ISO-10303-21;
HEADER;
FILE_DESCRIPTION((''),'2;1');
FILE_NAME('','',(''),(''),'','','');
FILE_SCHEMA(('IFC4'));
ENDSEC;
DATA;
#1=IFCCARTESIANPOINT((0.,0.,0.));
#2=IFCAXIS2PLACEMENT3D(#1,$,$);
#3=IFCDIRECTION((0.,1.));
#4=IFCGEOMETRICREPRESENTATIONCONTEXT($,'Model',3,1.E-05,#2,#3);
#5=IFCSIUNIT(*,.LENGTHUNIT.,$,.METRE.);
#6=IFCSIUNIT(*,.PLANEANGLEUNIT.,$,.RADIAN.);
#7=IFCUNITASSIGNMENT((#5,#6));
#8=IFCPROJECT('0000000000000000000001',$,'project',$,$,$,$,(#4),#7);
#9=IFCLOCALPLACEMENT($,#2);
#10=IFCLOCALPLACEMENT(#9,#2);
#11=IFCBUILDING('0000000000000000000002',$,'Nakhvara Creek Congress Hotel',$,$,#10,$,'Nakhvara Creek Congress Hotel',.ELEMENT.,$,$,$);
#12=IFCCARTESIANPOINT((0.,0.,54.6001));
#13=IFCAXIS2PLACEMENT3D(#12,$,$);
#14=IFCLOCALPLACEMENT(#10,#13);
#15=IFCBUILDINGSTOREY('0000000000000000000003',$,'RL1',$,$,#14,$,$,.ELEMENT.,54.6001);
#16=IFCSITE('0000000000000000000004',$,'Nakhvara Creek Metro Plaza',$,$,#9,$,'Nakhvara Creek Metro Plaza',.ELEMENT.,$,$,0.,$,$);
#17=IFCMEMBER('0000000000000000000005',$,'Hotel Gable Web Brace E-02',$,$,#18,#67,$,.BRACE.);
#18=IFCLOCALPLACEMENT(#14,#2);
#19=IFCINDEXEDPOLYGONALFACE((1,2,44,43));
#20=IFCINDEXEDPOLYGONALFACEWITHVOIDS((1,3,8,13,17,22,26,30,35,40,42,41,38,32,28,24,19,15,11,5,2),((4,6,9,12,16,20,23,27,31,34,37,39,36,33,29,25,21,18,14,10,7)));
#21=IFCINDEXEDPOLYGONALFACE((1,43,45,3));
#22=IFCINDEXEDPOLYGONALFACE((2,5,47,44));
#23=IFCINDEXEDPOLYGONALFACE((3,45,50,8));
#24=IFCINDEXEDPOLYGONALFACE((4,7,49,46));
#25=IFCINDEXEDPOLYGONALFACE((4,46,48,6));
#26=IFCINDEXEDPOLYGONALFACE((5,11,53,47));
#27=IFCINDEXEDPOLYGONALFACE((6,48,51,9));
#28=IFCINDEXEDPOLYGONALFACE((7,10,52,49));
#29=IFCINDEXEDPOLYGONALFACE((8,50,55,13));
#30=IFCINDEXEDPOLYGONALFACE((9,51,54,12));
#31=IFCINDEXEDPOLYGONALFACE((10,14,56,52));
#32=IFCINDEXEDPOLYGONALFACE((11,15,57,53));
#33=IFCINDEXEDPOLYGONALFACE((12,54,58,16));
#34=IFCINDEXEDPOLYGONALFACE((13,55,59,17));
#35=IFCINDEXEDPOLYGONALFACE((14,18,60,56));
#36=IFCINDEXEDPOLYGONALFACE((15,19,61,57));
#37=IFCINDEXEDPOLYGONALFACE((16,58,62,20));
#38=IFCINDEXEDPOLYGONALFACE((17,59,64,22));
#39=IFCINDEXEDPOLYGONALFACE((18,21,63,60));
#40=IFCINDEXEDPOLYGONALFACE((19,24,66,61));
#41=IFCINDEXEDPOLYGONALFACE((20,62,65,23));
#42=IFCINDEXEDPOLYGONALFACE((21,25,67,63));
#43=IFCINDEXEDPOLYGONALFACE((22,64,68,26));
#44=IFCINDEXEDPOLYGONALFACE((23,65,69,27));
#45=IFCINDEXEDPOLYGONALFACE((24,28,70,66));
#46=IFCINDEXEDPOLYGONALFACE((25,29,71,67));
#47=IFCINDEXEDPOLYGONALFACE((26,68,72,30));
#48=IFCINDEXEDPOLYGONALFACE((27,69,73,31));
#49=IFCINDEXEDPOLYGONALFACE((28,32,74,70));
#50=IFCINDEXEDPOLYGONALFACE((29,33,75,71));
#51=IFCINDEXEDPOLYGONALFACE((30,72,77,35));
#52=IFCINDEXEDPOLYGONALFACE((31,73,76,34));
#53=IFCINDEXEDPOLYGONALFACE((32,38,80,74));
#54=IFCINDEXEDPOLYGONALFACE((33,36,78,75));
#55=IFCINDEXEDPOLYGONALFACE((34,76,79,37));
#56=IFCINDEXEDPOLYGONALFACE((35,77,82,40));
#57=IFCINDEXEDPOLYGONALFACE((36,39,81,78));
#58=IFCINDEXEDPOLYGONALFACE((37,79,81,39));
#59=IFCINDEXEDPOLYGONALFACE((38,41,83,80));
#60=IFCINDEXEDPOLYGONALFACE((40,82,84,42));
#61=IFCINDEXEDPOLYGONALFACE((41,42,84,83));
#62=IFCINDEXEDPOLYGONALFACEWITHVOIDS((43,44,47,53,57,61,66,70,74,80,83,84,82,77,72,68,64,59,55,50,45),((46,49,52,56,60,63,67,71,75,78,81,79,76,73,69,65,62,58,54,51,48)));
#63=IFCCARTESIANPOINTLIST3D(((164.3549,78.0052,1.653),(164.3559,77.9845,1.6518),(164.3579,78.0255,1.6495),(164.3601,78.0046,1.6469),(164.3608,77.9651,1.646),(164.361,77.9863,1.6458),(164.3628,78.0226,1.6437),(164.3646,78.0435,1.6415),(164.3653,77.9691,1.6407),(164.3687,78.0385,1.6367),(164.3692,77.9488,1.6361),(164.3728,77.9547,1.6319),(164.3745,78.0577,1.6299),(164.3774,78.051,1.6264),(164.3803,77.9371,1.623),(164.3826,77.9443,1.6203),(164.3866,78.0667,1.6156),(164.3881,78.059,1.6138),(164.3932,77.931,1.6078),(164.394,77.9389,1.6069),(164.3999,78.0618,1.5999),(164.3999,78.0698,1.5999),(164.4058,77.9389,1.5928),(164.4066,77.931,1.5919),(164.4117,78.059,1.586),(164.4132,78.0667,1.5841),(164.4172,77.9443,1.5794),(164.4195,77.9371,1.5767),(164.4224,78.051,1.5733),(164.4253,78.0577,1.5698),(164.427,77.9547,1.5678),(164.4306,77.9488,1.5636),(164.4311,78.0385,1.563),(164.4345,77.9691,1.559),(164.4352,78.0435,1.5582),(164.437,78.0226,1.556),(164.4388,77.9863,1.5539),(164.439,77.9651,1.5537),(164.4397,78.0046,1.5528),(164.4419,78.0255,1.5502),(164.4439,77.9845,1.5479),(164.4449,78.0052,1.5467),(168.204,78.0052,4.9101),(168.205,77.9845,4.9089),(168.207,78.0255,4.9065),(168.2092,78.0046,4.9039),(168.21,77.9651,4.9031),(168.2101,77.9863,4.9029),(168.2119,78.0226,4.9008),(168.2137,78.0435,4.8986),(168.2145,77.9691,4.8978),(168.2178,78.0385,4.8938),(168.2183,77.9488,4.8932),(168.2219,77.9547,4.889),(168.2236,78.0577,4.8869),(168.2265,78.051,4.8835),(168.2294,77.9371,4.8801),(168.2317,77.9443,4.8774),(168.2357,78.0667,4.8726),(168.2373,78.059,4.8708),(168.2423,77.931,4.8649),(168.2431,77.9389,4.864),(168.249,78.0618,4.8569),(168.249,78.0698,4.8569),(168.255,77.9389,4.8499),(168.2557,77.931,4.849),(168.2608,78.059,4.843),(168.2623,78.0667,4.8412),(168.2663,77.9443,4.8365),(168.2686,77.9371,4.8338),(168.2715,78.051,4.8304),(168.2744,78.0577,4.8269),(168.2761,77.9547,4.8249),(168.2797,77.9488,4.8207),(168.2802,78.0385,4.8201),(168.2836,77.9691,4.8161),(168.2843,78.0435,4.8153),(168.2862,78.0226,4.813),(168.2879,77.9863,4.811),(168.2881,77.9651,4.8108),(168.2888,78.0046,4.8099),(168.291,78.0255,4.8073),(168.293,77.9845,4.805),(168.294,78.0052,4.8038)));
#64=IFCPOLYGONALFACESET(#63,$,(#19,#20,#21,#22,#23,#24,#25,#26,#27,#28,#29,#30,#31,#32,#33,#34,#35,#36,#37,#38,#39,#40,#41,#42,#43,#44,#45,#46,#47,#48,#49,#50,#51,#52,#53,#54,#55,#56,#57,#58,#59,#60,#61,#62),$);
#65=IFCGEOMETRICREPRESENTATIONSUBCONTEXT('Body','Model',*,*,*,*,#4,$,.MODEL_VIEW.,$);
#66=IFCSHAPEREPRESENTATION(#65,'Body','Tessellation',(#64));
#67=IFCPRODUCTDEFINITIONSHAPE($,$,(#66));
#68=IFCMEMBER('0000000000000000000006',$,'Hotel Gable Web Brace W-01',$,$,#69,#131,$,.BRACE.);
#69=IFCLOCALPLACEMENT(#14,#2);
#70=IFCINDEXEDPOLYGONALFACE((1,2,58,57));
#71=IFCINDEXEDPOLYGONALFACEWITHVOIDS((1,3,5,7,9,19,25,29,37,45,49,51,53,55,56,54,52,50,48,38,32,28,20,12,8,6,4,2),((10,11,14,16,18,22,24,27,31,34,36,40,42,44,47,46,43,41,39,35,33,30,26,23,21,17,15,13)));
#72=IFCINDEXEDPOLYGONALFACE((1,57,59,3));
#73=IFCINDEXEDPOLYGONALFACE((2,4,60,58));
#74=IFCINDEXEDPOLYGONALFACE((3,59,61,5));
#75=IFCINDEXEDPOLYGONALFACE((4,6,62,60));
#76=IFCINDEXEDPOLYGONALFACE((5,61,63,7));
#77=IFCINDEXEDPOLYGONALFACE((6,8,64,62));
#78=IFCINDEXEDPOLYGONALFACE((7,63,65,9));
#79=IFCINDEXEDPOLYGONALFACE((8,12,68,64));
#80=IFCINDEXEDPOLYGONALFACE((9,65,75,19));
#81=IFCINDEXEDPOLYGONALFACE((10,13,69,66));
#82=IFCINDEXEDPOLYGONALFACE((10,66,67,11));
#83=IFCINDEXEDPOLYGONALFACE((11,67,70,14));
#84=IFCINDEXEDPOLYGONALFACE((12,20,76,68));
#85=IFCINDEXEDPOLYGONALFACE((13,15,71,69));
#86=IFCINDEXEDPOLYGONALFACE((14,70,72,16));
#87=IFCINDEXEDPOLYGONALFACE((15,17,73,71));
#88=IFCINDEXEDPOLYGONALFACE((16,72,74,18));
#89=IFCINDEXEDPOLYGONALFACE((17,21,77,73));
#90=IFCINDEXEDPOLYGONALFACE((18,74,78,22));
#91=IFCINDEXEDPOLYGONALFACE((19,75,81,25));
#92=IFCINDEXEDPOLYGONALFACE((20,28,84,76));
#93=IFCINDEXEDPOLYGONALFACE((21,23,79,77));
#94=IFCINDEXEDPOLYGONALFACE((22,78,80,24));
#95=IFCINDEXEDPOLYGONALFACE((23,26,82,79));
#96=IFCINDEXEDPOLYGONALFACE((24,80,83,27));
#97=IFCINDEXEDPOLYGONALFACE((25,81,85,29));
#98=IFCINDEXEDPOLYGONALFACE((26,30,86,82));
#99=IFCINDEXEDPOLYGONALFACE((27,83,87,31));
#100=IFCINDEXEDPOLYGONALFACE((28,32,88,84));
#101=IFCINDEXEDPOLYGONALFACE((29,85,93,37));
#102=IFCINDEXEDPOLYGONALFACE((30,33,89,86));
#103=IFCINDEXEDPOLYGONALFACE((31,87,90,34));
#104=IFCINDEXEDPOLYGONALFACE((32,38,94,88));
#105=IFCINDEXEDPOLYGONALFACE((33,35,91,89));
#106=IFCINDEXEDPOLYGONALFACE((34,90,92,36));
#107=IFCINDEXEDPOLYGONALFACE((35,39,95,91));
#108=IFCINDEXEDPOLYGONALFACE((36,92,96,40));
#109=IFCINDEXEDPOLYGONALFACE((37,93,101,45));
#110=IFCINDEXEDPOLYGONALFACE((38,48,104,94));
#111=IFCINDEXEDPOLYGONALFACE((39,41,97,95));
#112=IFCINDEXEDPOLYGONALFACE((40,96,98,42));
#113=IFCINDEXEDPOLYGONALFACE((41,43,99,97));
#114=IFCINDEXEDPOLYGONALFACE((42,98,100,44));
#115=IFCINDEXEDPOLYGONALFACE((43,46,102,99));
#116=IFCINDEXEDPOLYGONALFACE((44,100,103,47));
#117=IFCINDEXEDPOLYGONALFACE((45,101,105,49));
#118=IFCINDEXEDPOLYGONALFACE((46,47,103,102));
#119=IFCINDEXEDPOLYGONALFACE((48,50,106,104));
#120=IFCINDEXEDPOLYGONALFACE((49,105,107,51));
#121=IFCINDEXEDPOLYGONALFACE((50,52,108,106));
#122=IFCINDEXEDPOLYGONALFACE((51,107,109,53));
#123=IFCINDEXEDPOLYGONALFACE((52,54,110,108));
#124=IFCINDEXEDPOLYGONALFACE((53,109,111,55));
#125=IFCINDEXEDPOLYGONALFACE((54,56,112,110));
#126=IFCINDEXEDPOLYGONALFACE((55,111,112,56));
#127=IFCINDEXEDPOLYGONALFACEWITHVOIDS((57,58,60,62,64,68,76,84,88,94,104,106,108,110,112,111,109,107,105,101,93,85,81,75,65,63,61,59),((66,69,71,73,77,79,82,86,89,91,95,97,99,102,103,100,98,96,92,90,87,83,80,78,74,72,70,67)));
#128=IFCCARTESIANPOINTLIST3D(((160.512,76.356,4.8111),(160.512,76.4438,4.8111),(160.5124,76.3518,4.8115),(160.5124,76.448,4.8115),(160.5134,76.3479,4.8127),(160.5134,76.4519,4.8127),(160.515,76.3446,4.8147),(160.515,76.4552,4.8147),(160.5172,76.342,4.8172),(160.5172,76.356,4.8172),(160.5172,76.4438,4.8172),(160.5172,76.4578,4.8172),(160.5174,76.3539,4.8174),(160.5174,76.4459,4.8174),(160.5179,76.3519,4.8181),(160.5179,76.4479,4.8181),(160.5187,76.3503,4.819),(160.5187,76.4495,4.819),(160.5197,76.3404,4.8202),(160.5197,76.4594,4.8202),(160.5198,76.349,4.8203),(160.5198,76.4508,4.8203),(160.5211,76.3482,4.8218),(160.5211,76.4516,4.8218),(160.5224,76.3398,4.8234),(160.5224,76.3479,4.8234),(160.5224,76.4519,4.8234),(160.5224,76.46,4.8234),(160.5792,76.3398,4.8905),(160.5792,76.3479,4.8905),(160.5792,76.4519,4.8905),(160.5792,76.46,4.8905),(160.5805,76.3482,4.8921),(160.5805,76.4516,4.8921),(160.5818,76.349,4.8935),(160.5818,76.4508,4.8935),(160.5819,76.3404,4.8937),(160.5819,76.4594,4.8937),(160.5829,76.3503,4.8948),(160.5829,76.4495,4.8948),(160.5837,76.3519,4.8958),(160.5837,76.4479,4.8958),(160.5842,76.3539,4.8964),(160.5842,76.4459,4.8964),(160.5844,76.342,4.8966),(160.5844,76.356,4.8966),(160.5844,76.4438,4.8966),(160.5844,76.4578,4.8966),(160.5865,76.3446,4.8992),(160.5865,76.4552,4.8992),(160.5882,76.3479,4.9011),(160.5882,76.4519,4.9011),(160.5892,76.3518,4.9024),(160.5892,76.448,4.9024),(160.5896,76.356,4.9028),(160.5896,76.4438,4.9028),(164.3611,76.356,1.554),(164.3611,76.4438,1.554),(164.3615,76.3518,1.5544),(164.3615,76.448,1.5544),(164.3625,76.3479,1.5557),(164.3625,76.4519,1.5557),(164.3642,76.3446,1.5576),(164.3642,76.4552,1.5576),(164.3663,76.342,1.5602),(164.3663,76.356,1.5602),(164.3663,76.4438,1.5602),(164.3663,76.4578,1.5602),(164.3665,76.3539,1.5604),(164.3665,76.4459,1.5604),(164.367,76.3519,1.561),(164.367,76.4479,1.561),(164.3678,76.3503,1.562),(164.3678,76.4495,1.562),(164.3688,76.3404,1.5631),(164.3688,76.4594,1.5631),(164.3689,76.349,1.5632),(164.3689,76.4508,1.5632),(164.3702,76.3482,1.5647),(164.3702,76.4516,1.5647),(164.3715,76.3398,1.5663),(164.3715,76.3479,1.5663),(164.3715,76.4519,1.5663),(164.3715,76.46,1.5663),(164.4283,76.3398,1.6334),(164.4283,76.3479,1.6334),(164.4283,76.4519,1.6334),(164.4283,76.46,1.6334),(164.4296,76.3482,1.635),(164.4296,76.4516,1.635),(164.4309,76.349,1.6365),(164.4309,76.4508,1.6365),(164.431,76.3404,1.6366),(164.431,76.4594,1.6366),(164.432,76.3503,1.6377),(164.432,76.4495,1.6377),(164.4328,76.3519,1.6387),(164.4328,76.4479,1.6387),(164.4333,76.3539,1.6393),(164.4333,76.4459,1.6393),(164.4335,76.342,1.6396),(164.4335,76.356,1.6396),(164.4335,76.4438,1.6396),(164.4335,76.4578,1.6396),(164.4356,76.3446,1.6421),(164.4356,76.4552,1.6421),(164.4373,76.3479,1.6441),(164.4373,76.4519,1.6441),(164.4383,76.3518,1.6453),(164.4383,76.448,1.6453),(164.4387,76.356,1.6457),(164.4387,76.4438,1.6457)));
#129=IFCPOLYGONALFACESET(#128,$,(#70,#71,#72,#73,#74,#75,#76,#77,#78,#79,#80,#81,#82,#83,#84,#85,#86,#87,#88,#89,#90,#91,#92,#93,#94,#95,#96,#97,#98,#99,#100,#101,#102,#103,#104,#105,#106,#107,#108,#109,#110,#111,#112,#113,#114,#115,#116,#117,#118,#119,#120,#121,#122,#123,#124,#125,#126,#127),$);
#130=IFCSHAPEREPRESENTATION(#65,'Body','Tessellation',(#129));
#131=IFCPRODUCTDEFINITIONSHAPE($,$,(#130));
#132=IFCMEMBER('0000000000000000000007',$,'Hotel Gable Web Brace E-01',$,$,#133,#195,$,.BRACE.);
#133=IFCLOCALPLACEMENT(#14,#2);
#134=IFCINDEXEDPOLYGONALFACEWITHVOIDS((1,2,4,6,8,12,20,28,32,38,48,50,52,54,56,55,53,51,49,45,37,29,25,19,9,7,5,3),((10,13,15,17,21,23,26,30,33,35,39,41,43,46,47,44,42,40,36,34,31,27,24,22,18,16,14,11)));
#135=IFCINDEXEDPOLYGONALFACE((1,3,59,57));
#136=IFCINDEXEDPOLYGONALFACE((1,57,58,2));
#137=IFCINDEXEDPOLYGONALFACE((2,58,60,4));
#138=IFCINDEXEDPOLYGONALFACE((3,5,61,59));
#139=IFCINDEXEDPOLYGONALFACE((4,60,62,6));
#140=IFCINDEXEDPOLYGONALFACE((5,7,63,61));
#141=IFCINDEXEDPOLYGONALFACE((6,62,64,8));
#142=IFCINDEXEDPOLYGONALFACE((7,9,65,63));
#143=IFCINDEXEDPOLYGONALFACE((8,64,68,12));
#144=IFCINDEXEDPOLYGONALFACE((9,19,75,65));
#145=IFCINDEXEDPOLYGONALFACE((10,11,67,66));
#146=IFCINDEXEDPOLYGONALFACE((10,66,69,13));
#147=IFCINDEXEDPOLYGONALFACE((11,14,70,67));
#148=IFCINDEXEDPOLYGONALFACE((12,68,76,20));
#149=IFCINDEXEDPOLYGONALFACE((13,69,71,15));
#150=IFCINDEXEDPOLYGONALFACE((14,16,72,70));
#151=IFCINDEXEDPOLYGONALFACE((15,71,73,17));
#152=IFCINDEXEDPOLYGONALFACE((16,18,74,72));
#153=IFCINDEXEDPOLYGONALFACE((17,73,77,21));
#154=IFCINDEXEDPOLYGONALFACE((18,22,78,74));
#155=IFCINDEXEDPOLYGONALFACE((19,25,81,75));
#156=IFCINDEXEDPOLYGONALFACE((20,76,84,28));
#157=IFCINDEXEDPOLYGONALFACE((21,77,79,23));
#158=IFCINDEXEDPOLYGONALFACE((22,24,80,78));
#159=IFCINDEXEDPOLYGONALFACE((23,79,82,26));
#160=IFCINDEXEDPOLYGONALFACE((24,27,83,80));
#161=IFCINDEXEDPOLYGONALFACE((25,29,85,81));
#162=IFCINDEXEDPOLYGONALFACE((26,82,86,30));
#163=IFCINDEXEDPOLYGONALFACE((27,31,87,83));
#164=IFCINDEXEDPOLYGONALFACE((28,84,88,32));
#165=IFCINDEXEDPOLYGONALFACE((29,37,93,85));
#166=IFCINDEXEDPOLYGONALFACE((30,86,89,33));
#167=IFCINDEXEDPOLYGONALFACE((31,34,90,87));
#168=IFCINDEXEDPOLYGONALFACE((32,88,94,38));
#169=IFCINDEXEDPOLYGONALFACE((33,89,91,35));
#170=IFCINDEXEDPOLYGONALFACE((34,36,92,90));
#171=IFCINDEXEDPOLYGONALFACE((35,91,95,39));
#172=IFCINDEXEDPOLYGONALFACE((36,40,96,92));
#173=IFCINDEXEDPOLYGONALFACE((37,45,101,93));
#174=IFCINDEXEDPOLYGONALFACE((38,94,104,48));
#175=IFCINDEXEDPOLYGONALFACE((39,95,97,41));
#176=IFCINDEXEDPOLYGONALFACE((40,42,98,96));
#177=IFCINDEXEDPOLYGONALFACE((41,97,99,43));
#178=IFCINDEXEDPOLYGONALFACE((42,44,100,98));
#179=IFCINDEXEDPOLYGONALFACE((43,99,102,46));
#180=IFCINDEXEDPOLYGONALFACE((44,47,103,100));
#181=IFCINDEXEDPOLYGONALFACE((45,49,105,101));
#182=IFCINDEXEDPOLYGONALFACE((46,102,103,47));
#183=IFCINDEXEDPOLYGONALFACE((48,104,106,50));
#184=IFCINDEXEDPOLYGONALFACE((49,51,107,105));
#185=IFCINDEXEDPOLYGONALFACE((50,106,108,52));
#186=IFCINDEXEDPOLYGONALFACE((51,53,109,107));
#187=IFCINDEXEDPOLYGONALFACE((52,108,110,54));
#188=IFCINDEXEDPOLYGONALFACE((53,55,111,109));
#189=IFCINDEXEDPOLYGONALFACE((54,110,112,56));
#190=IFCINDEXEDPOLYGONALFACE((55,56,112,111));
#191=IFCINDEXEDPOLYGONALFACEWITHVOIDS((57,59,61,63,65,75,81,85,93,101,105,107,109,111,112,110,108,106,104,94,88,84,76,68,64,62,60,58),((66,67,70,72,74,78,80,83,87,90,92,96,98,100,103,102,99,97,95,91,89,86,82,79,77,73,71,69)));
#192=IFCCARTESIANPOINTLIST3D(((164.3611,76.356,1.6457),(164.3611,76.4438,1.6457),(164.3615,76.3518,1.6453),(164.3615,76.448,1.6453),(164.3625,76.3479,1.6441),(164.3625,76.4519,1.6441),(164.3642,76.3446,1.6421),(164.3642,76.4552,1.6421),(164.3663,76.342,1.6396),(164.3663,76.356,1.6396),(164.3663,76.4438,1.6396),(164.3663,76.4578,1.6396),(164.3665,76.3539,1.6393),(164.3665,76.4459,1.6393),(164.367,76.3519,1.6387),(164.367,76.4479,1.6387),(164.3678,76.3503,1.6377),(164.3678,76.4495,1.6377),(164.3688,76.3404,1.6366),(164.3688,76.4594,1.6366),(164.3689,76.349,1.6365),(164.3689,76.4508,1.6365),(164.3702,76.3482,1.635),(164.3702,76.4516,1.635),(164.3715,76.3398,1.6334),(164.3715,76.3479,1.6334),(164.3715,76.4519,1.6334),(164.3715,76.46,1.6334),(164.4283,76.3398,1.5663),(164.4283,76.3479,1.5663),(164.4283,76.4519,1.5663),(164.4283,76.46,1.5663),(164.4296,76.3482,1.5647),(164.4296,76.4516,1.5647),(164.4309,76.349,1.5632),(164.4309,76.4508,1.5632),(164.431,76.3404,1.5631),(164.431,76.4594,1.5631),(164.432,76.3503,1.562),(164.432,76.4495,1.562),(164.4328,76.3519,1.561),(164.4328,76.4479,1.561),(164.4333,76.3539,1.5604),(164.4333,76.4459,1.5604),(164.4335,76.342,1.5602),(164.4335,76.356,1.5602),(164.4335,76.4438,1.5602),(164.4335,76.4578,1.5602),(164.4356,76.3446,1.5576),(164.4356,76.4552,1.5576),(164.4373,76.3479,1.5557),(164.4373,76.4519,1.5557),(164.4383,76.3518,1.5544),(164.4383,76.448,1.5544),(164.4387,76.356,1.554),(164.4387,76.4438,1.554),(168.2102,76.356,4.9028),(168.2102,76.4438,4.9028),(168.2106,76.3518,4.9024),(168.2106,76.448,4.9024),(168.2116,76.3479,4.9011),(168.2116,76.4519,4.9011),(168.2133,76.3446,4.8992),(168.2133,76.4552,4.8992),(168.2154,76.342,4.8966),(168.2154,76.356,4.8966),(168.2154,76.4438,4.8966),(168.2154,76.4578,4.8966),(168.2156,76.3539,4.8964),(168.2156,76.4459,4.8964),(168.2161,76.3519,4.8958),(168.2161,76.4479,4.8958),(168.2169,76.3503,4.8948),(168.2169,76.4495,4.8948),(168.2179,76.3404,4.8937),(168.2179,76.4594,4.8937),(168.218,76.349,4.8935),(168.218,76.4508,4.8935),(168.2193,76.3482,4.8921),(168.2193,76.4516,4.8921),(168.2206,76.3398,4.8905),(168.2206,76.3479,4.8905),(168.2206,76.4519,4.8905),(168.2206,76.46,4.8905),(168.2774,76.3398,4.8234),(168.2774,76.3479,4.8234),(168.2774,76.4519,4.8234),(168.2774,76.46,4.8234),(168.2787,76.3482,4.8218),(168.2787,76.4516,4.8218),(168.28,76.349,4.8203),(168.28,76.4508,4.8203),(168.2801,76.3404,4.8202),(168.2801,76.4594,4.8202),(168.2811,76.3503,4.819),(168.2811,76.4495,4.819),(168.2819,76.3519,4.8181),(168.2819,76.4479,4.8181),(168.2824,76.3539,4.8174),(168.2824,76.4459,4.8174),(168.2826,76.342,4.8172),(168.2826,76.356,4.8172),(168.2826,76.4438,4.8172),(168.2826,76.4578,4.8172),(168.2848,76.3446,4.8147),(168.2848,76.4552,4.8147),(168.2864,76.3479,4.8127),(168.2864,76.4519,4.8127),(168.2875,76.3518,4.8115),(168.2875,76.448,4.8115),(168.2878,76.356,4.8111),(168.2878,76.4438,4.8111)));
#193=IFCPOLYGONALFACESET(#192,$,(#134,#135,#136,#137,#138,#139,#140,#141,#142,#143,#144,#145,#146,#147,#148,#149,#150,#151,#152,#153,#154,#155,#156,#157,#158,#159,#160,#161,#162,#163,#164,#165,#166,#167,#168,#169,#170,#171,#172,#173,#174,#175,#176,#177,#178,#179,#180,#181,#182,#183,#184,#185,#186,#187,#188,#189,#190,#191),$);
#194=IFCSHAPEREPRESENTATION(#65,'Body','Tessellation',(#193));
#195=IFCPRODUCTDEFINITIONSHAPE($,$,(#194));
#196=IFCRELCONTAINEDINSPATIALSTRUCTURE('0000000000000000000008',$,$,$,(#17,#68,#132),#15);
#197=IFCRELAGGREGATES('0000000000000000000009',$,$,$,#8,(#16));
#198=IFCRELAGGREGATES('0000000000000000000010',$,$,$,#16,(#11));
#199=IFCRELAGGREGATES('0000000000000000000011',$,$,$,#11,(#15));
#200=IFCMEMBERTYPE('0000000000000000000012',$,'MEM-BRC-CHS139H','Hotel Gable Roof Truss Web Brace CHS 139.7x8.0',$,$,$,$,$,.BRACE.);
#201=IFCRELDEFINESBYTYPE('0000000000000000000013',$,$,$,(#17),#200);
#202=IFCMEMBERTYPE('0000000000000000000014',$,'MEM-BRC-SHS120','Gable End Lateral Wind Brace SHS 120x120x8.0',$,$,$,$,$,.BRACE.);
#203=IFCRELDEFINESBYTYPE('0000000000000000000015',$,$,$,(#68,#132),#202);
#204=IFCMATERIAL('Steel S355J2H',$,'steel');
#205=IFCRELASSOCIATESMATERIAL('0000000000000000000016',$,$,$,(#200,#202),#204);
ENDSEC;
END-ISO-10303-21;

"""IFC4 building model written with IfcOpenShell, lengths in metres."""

from ifc_helpers import new_model, si_unit, direction, frame, origin, origin_2d, place, context, subcontext, project, spatial, hollow_rectangle, hollow_circle, extrude, material, material_profile, profile_set, type_object, element, save


model = new_model("IFC4")

# Units and contexts
model_context = context("Model", 3, precision=1e-05, world=origin(), true_north=direction((0.0, 1.0)))
body_context = subcontext(model_context, "Body", "Model", "MODEL_VIEW")
ifc_project = project(units=[si_unit("LENGTHUNIT", "METRE"), si_unit("PLANEANGLEUNIT", "RADIAN")], contexts=[model_context])

# Site, building, storey
site_placement = place(None, origin())
site = spatial("IfcSite", under=ifc_project, at=site_placement, Name="Nakhvara Creek Metro Plaza", LongName="Nakhvara Creek Metro Plaza", CompositionType="ELEMENT", RefElevation=0.0)
building_placement = place(site_placement, origin())
building = spatial("IfcBuilding", under=site, at=building_placement, Name="Nakhvara Creek Congress Hotel", LongName="Nakhvara Creek Congress Hotel", CompositionType="ELEMENT")
storey_placement = place(building_placement, frame((0.0, 0.0, 54.6001)))
storey = spatial("IfcBuildingStorey", under=building, at=storey_placement, Name="RL1", CompositionType="ELEMENT", Elevation=54.6001)

# Members
ifc_material_1 = material(Name="Steel S355J2H", Category="steel")
ifc_material_profile_1 = material_profile(ifc_material_1, hollow_circle(Radius=0.0698, WallThickness=0.0081, at=origin_2d()), Name="CHS 139.7x8.0", Category="LoadBearing")
ifc_profile_set_1 = profile_set([ifc_material_profile_1], Name="Steel S355J2H")
member_type_1 = type_object("IfcMemberType", Name="MEM-BRC-CHS139H", Description="Hotel Gable Roof Truss Web Brace CHS 139.7x8.0", PredefinedType="BRACE", material=ifc_profile_set_1)
for number, where, z_axis, x_axis, name in (
    (1, (164.3999, 78.0, 1.5999), (0.763373, 0.0, 0.645957), (0.0, 1.0, 0.0), "Hotel Gable Web Brace E-02"),
):
    element("IfcMember", number, at=place(storey_placement, frame(where, z_axis=z_axis, x_axis=x_axis)), inside=storey, type_object=member_type_1, Name=name, PredefinedType="BRACE", context=body_context, shape_type="SweptSolid", body=[
        extrude(hollow_circle(Radius=0.0698, WallThickness=0.0081, at=origin_2d()), origin(), (0.0, 0.0, 1.0), 5.0422),
    ])
ifc_material_profile_2 = material_profile(ifc_material_1, hollow_rectangle(XDim=0.1201, YDim=0.1201, WallThickness=0.0081, InnerFilletRadius=0.0081, OuterFilletRadius=0.0161, at=origin_2d()), Name="SHS 120x120x8.0", Category="LoadBearing")
ifc_profile_set_2 = profile_set([ifc_material_profile_2], Name="Steel S355J2H")
member_type_2 = type_object("IfcMemberType", Name="MEM-BRC-SHS120", Description="Gable End Lateral Wind Brace SHS 120x120x8.0", PredefinedType="BRACE", material=ifc_profile_set_2)
for number, where, z_axis, x_axis, name in (
    (2, (164.3999, 76.3999, 1.5999), (-0.763373, 0.0, 0.645957), (0.0, -1.0, 0.0), "Hotel Gable Web Brace W-01"),
    (3, (164.3999, 76.3999, 1.5999), (0.763373, 0.0, 0.645957), (0.0, 1.0, 0.0), "Hotel Gable Web Brace E-01"),
):
    element("IfcMember", number, at=place(storey_placement, frame(where, z_axis=z_axis, x_axis=x_axis)), inside=storey, type_object=member_type_2, Name=name, PredefinedType="BRACE", context=body_context, shape_type="SweptSolid", body=[
        extrude(hollow_rectangle(XDim=0.1201, YDim=0.1201, WallThickness=0.0081, InnerFilletRadius=0.0081, OuterFilletRadius=0.0161, at=origin_2d()), origin(), (0.0, 0.0, 1.0), 5.0422),
    ])

save(model, "model.ifc")
